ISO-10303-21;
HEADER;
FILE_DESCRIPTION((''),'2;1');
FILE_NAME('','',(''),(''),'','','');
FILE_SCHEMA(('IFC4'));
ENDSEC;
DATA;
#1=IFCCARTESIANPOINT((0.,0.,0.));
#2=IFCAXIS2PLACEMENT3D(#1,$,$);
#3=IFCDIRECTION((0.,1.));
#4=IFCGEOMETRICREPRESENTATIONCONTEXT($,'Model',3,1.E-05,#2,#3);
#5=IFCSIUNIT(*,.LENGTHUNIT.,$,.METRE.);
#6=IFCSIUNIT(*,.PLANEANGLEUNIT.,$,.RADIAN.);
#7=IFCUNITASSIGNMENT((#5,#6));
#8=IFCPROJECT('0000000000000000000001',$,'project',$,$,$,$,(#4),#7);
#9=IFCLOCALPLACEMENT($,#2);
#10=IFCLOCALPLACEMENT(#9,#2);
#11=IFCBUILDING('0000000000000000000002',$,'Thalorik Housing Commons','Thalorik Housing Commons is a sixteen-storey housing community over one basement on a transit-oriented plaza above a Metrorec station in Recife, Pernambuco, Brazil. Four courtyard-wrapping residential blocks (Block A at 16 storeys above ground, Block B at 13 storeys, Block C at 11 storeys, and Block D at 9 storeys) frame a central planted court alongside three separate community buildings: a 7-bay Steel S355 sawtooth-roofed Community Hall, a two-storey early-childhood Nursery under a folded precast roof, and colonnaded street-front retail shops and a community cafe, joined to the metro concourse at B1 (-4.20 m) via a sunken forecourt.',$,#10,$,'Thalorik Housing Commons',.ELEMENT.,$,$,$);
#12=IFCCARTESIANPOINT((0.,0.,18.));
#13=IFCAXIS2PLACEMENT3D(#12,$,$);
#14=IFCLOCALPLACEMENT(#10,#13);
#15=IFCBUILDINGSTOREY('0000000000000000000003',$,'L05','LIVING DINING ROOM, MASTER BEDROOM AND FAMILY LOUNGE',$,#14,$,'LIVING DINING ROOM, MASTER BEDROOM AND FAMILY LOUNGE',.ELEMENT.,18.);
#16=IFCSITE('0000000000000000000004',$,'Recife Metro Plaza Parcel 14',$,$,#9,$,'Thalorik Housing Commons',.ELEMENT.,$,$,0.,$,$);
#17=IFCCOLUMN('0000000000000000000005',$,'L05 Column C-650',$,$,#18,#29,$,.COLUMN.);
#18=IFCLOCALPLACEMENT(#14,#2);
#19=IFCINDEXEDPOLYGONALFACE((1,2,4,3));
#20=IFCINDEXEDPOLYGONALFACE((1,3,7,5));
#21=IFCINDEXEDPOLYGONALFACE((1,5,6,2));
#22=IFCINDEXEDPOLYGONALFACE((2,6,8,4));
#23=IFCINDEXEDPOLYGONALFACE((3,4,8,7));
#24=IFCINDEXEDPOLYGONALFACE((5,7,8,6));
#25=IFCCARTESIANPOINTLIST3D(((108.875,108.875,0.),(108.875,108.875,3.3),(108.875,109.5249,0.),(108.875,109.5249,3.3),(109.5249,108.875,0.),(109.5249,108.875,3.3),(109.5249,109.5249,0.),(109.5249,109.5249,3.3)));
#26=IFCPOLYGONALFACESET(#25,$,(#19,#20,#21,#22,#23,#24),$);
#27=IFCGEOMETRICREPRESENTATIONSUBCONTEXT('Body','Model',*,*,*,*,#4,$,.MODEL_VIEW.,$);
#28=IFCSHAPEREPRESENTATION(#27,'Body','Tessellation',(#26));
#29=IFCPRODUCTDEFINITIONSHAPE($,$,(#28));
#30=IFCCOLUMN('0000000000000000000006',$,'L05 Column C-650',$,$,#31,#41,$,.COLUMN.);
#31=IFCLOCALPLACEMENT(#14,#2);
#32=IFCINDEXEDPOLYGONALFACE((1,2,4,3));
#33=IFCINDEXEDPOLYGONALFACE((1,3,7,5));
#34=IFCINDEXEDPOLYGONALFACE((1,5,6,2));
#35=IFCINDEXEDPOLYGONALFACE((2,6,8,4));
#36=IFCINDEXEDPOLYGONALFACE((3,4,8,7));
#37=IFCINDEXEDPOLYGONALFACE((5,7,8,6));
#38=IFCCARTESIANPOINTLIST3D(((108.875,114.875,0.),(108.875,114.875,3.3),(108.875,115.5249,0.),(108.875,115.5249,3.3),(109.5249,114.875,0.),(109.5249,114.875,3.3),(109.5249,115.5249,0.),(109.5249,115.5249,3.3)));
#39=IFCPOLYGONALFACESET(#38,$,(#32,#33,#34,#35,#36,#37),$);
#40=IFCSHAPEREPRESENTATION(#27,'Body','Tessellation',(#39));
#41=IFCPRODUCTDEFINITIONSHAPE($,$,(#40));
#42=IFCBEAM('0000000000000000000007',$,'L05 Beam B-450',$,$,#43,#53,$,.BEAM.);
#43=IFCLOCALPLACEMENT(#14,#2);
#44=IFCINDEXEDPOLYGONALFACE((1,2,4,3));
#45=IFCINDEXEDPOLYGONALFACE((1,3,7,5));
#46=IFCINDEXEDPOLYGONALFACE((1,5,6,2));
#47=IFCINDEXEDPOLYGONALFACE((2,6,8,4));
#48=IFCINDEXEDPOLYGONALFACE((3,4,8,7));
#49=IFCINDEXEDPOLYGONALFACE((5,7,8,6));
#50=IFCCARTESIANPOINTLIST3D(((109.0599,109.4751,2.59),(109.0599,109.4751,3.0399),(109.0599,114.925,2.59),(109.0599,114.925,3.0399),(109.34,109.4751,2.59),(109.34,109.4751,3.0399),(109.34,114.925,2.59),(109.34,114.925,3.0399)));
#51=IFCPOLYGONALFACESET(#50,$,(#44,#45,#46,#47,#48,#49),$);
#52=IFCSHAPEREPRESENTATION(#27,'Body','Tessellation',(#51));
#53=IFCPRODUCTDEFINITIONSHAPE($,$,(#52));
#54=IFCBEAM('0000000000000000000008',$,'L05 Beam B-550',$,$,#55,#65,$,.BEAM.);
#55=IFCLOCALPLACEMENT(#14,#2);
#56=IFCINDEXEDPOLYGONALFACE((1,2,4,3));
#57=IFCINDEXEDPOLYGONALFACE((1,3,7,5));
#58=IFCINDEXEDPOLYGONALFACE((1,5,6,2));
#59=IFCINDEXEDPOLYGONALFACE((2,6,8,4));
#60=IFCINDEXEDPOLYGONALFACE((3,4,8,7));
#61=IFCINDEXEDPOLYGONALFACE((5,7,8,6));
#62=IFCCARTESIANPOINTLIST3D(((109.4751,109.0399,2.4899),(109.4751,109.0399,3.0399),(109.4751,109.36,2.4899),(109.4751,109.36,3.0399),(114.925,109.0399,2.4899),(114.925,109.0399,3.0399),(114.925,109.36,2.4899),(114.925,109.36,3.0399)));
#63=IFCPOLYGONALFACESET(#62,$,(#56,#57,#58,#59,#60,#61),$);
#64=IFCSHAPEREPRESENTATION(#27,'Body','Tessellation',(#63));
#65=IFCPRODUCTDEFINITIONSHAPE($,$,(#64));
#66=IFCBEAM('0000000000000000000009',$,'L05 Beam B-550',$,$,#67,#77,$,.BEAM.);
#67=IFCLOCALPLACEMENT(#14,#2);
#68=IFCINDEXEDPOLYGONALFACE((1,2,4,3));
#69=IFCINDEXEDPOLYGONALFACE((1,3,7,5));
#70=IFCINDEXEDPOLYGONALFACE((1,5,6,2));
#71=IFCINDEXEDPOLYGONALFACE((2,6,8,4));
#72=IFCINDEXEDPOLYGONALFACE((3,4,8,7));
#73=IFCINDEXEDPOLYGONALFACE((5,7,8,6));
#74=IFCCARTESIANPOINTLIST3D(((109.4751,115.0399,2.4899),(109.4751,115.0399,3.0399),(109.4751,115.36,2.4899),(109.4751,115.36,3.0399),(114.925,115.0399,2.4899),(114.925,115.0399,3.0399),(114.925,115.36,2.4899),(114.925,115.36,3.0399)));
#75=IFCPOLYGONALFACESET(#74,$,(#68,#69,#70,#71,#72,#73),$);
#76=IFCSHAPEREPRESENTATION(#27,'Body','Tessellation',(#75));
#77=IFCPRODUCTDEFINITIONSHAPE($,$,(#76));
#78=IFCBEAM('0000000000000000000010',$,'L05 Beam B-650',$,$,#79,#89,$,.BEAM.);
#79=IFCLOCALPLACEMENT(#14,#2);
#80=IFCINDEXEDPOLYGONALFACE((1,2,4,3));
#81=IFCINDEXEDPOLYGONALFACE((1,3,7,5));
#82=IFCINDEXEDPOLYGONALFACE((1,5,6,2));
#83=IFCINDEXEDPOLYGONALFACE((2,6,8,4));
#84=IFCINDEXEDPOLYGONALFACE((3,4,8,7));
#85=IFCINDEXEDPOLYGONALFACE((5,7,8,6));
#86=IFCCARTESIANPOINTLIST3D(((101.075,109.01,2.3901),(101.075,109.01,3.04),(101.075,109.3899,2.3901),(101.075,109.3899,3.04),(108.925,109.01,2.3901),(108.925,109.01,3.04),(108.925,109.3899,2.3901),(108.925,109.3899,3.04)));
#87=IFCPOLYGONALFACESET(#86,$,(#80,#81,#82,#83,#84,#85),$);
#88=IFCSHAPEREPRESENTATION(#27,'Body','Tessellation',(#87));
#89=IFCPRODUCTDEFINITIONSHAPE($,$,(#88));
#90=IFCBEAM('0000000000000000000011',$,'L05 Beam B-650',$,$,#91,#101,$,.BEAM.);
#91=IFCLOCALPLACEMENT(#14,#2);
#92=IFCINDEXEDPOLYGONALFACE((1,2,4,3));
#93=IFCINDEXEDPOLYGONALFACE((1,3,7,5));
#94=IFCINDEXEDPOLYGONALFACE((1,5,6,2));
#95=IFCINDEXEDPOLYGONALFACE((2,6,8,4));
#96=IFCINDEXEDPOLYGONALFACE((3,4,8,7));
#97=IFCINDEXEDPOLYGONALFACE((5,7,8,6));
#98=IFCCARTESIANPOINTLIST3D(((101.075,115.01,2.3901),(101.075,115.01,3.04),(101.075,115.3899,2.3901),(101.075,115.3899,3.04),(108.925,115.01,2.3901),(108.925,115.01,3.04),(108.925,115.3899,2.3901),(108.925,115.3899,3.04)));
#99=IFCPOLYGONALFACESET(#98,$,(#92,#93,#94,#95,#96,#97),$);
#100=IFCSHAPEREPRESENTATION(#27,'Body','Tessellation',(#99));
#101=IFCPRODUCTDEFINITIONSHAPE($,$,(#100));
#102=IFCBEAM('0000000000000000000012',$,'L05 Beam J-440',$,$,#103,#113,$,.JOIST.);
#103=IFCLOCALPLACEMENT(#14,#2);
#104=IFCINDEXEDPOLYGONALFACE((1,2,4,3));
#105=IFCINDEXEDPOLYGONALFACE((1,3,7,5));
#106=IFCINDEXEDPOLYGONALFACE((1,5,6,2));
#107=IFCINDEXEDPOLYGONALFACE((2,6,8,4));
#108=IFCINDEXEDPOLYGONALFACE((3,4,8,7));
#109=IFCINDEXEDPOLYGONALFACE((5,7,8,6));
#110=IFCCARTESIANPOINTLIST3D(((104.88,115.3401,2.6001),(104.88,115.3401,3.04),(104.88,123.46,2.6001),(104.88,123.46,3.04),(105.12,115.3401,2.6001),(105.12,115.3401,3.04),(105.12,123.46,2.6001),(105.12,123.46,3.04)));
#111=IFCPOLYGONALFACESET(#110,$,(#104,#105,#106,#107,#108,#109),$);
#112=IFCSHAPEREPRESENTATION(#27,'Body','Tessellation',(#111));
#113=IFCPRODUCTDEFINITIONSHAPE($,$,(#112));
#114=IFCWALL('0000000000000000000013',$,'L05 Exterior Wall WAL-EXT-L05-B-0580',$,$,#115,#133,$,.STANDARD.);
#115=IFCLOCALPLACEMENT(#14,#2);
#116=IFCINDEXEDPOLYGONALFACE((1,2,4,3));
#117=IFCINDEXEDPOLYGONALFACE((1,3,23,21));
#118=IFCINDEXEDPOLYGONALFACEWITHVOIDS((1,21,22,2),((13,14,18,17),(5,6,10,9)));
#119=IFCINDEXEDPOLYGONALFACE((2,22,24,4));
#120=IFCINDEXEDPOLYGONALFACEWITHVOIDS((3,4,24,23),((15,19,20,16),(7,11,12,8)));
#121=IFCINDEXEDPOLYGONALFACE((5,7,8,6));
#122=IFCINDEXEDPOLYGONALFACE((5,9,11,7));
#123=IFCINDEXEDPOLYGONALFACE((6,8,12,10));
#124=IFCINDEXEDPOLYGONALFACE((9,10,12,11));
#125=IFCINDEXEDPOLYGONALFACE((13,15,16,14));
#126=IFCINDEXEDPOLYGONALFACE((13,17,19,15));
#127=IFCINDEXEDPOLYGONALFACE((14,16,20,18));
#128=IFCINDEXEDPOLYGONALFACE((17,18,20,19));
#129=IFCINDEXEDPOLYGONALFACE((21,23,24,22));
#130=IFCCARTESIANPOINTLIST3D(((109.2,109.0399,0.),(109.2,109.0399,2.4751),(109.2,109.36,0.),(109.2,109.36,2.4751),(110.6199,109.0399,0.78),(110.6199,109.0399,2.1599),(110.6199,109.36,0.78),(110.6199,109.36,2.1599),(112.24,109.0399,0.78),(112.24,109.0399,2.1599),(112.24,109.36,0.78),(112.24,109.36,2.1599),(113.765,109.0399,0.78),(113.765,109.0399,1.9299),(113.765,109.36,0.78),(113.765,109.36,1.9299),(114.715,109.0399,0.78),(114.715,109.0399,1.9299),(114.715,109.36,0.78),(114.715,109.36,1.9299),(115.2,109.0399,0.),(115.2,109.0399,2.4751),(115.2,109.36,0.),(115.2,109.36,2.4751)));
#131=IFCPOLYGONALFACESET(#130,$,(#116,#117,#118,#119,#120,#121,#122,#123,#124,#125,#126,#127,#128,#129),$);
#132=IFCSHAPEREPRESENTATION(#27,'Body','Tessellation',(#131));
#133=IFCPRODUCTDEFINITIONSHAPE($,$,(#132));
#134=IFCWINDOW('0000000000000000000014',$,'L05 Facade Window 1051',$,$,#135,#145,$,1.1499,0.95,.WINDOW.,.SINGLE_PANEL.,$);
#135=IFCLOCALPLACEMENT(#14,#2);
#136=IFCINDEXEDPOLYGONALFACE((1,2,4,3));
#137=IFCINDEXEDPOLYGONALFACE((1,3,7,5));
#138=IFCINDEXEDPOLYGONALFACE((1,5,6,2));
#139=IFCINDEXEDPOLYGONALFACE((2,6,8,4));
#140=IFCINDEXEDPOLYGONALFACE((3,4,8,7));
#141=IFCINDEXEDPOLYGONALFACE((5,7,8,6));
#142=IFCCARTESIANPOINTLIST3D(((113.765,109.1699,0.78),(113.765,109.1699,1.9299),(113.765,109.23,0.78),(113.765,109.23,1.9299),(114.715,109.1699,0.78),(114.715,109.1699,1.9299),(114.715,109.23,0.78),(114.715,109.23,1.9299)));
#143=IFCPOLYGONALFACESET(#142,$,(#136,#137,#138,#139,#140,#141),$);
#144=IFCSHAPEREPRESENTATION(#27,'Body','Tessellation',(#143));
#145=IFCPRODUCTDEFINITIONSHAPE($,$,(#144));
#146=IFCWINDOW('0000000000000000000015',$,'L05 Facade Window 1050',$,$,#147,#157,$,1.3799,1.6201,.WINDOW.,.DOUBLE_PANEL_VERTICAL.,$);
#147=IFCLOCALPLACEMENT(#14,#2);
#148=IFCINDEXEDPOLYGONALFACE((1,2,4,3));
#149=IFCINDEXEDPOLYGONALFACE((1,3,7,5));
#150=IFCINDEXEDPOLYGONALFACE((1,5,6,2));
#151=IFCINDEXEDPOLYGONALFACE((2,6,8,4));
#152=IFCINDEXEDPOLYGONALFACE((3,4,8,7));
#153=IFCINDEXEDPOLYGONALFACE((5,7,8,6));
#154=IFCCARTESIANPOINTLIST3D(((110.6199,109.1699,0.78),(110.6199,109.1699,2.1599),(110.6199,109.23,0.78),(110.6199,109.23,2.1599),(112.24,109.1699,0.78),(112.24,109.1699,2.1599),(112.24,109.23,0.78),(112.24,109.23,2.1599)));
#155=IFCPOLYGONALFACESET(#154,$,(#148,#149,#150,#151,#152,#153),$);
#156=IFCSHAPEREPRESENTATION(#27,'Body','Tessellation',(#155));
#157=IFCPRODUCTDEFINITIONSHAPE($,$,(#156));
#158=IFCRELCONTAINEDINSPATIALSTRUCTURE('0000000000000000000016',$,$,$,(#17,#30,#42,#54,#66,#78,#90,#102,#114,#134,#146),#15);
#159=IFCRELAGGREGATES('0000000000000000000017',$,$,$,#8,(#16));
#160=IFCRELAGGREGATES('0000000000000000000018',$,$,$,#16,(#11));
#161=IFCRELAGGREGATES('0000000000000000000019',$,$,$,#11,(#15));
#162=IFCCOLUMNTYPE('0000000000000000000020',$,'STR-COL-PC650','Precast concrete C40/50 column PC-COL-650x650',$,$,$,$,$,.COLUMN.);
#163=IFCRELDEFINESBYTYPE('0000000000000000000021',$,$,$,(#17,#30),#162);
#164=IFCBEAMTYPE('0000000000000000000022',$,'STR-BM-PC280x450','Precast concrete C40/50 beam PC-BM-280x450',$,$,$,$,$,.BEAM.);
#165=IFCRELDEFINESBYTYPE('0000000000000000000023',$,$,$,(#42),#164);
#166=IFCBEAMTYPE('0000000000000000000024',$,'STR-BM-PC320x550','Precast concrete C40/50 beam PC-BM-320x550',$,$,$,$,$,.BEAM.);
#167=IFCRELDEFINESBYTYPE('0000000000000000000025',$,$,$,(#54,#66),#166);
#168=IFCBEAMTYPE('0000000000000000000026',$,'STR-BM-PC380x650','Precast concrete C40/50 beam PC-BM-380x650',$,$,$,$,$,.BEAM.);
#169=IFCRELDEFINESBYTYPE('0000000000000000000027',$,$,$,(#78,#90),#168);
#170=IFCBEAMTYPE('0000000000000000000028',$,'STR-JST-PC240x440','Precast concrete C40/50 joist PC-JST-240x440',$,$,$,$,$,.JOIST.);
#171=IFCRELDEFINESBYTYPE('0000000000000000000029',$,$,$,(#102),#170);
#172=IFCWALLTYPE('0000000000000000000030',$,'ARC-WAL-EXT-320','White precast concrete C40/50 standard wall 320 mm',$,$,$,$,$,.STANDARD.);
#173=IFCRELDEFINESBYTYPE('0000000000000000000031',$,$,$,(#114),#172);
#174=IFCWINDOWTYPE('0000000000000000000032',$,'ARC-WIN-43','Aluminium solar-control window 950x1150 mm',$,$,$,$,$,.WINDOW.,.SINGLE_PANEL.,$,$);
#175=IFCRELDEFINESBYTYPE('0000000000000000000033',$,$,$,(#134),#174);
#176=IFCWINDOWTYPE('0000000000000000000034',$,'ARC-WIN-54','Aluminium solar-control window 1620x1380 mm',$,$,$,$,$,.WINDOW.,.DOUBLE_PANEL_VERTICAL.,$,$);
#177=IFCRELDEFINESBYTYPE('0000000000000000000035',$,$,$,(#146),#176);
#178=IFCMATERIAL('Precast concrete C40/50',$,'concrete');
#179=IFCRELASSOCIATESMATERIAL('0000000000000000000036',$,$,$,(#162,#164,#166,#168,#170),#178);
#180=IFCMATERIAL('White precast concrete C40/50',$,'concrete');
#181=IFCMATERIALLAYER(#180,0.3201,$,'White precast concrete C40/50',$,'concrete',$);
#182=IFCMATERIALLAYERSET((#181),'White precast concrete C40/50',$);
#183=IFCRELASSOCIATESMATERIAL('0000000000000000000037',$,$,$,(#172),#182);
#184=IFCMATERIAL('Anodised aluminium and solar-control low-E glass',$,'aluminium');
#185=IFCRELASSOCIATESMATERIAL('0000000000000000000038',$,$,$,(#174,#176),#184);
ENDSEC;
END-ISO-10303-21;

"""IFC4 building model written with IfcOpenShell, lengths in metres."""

from ifc_helpers import new_model, si_unit, direction, frame, frame_2d, origin, origin_2d, place, context, subcontext, project, spatial, rectangle, extrude, material, layer, layer_set, material_profile, profile_set, type_object, element, fill, save


model = new_model("IFC4")

# Units and contexts
model_context = context("Model", 3, precision=1e-05, world=origin(), true_north=direction((0.0, 1.0)))
body_context = subcontext(model_context, "Body", "Model", "MODEL_VIEW")
ifc_project = project(units=[si_unit("LENGTHUNIT", "METRE"), si_unit("PLANEANGLEUNIT", "RADIAN")], contexts=[model_context])

# Site, building, storey
site_placement = place(None, origin())
site = spatial("IfcSite", under=ifc_project, at=site_placement, Name="Recife Metro Plaza Parcel 14", LongName="Thalorik Housing Commons", CompositionType="ELEMENT", RefElevation=0.0)
building_placement = place(site_placement, origin())
building = spatial("IfcBuilding", under=site, at=building_placement, Name="Thalorik Housing Commons", Description="Thalorik Housing Commons is a sixteen-storey housing community over one basement on a transit-oriented plaza above a Metrorec station in Recife, Pernambuco, Brazil. Four courtyard-wrapping residential blocks (Block A at 16 storeys above ground, Block B at 13 storeys, Block C at 11 storeys, and Block D at 9 storeys) frame a central planted court alongside three separate community buildings: a 7-bay Steel S355 sawtooth-roofed Community Hall, a two-storey early-childhood Nursery under a folded precast roof, and colonnaded street-front retail shops and a community cafe, joined to the metro concourse at B1 (-4.20 m) via a sunken forecourt.", LongName="Thalorik Housing Commons", CompositionType="ELEMENT")
storey_placement = place(building_placement, frame((0.0, 0.0, 18.0)))
storey = spatial("IfcBuildingStorey", under=building, at=storey_placement, Name="L05", Description="LIVING DINING ROOM, MASTER BEDROOM AND FAMILY LOUNGE", LongName="LIVING DINING ROOM, MASTER BEDROOM AND FAMILY LOUNGE", CompositionType="ELEMENT", Elevation=18.0)

# Columns
ifc_material_1 = material(Name="Precast concrete C40/50", Category="concrete")
ifc_material_profile_1 = material_profile(ifc_material_1, rectangle(XDim=0.6499, YDim=0.6499, at=origin_2d()), Name="PC 650x650", Category="concrete")
ifc_profile_set_1 = profile_set([ifc_material_profile_1], Name="Precast concrete C40/50")
column_type = type_object("IfcColumnType", Name="STR-COL-PC650", Description="Precast concrete C40/50 column PC-COL-650x650", PredefinedType="COLUMN", material=ifc_profile_set_1)
for number, where, z_axis, x_axis, name in (
    (1, (109.2, 109.2, 0.0), (0.0, 0.0, 1.0), (1.0, 0.0, 0.0), "L05 Column C-650"),
    (2, (109.2, 115.2, 0.0), (0.0, 0.0, 1.0), (1.0, 0.0, 0.0), "L05 Column C-650"),
):
    element("IfcColumn", number, at=place(storey_placement, frame(where, z_axis=z_axis, x_axis=x_axis)), inside=storey, type_object=column_type, Name=name, PredefinedType="COLUMN", context=body_context, shape_type="SweptSolid", body=[
        extrude(rectangle(XDim=0.6499, YDim=0.6499, at=origin_2d()), origin(), (0.0, 0.0, 1.0), 3.3),
    ])

# Beams
ifc_material_profile_2 = material_profile(ifc_material_1, rectangle(XDim=0.28, YDim=0.45, at=origin_2d()), Name="PC 280x450", Category="concrete")
ifc_profile_set_2 = profile_set([ifc_material_profile_2], Name="Precast concrete C40/50")
beam_type_1 = type_object("IfcBeamType", Name="STR-BM-PC280x450", Description="Precast concrete C40/50 beam PC-BM-280x450", PredefinedType="BEAM", material=ifc_profile_set_2)
beam_1_placement = place(storey_placement, frame((109.2, 109.4751, 2.8149), z_axis=(0.0, 1.0, 0.0), x_axis=(-1.0, 0.0, 0.0)))
element("IfcBeam", 3, at=beam_1_placement, inside=storey, type_object=beam_type_1, Name="L05 Beam B-450", PredefinedType="BEAM", context=body_context, shape_type="SweptSolid", body=[
    extrude(rectangle(XDim=0.28, YDim=0.45, at=origin_2d()), origin(), (0.0, 0.0, 1.0), 5.45),
])
ifc_material_profile_3 = material_profile(ifc_material_1, rectangle(XDim=0.3201, YDim=0.55, at=origin_2d()), Name="PC 320x550", Category="concrete")
ifc_profile_set_3 = profile_set([ifc_material_profile_3], Name="Precast concrete C40/50")
beam_type_2 = type_object("IfcBeamType", Name="STR-BM-PC320x550", Description="Precast concrete C40/50 beam PC-BM-320x550", PredefinedType="BEAM", material=ifc_profile_set_3)
for number, where, z_axis, x_axis, name in (
    (4, (109.4751, 109.2, 2.7649), (1.0, 0.0, 0.0), (0.0, 1.0, 0.0), "L05 Beam B-550"),
    (5, (109.4751, 115.2, 2.7649), (1.0, 0.0, 0.0), (0.0, 1.0, 0.0), "L05 Beam B-550"),
):
    element("IfcBeam", number, at=place(storey_placement, frame(where, z_axis=z_axis, x_axis=x_axis)), inside=storey, type_object=beam_type_2, Name=name, PredefinedType="BEAM", context=body_context, shape_type="SweptSolid", body=[
        extrude(rectangle(XDim=0.3201, YDim=0.55, at=origin_2d()), origin(), (0.0, 0.0, 1.0), 5.45),
    ])
ifc_material_profile_4 = material_profile(ifc_material_1, rectangle(XDim=0.3799, YDim=0.6499, at=origin_2d()), Name="PC 380x650", Category="concrete")
ifc_profile_set_4 = profile_set([ifc_material_profile_4], Name="Precast concrete C40/50")
beam_type_3 = type_object("IfcBeamType", Name="STR-BM-PC380x650", Description="Precast concrete C40/50 beam PC-BM-380x650", PredefinedType="BEAM", material=ifc_profile_set_4)
for number, where, z_axis, x_axis, name in (
    (6, (101.075, 109.2, 2.7151), (1.0, 0.0, 0.0), (0.0, 1.0, 0.0), "L05 Beam B-650"),
    (7, (101.075, 115.2, 2.7151), (1.0, 0.0, 0.0), (0.0, 1.0, 0.0), "L05 Beam B-650"),
):
    element("IfcBeam", number, at=place(storey_placement, frame(where, z_axis=z_axis, x_axis=x_axis)), inside=storey, type_object=beam_type_3, Name=name, PredefinedType="BEAM", context=body_context, shape_type="SweptSolid", body=[
        extrude(rectangle(XDim=0.3799, YDim=0.6499, at=origin_2d()), origin(), (0.0, 0.0, 1.0), 7.8501),
    ])
ifc_material_profile_5 = material_profile(ifc_material_1, rectangle(XDim=0.24, YDim=0.4399, at=origin_2d()), Name="PC JST 240x440", Category="concrete")
ifc_profile_set_5 = profile_set([ifc_material_profile_5], Name="Precast concrete C40/50")
beam_type_4 = type_object("IfcBeamType", Name="STR-JST-PC240x440", Description="Precast concrete C40/50 joist PC-JST-240x440", PredefinedType="JOIST", material=ifc_profile_set_5)
beam_2_placement = place(storey_placement, frame((105.0, 115.3401, 2.8201), z_axis=(0.0, 1.0, 0.0), x_axis=(-1.0, 0.0, 0.0)))
element("IfcBeam", 8, at=beam_2_placement, inside=storey, type_object=beam_type_4, Name="L05 Beam J-440", PredefinedType="JOIST", context=body_context, shape_type="SweptSolid", body=[
    extrude(rectangle(XDim=0.24, YDim=0.4399, at=origin_2d()), origin(), (0.0, 0.0, 1.0), 8.1199),
])

# Wall, openings, windows
ifc_material_2 = material(Name="White precast concrete C40/50", Category="concrete")
ifc_layer_1 = layer(ifc_material_2, 0.3201, Name="White precast concrete C40/50", Category="concrete")
ifc_layer_set_1 = layer_set([ifc_layer_1], Name="White precast concrete C40/50")
wall_type_1 = type_object("IfcWallType", Name="ARC-WAL-EXT-320", Description="White precast concrete C40/50 standard wall 320 mm", PredefinedType="STANDARD", material=ifc_layer_set_1)
wall_1_placement = place(storey_placement, frame((109.2, 109.2, 0.0), z_axis=(0.0, 0.0, 1.0), x_axis=(1.0, 0.0, 0.0)))
wall_1 = element("IfcWall", 9, at=wall_1_placement, inside=storey, type_object=wall_type_1, Name="L05 Exterior Wall WAL-EXT-L05-B-0580", PredefinedType="STANDARD", context=body_context, shape_type="SweptSolid", body=[
    extrude(rectangle(XDim=6.0, YDim=0.3201, at=frame_2d((3.0, 0.0))), origin(), (0.0, 0.0, 1.0), 2.4751),
])
opening_1_placement = place(wall_1_placement, frame((1.4199, 0.0, 0.78)))
opening_1 = element("IfcOpeningElement", 10, at=opening_1_placement, cuts=wall_1, PredefinedType="OPENING", context=body_context, shape_type="SweptSolid", body=[
    extrude(rectangle(XDim=1.6201, YDim=1.3799, at=frame_2d((0.8101, 0.6899))), frame((0.0, 0.1699, 0.0), z_axis=(0.0, -1.0, 0.0), x_axis=(1.0, 0.0, 0.0)), (0.0, 0.0, 1.0), 0.3401),
])
opening_2_placement = place(wall_1_placement, frame((4.5649, 0.0, 0.78)))
opening_2 = element("IfcOpeningElement", 11, at=opening_2_placement, cuts=wall_1, PredefinedType="OPENING", context=body_context, shape_type="SweptSolid", body=[
    extrude(rectangle(XDim=0.95, YDim=1.1499, at=frame_2d((0.4751, 0.575))), frame((0.0, 0.1699, 0.0), z_axis=(0.0, -1.0, 0.0), x_axis=(1.0, 0.0, 0.0)), (0.0, 0.0, 1.0), 0.3401),
])
ifc_material_3 = material(Name="Anodised aluminium and solar-control low-E glass", Category="aluminium")
window_type_1 = type_object("IfcWindowType", Name="ARC-WIN-43", Description="Aluminium solar-control window 950x1150 mm", PartitioningType="SINGLE_PANEL", PredefinedType="WINDOW", material=ifc_material_3)
window_1_placement = place(opening_2_placement, origin())
window_1 = element("IfcWindow", 12, at=window_1_placement, inside=storey, type_object=window_type_1, Name="L05 Facade Window 1051", OverallHeight=1.1499, OverallWidth=0.95, PartitioningType="SINGLE_PANEL", PredefinedType="WINDOW", context=body_context, shape_type="SweptSolid", body=[
    extrude(rectangle(XDim=0.95, YDim=1.1499, at=frame_2d((0.4751, 0.575))), frame((0.0, 0.03, 0.0), z_axis=(0.0, -1.0, 0.0), x_axis=(1.0, 0.0, 0.0)), (0.0, 0.0, 1.0), 0.0601),
])
fill(opening_2, window_1)
window_type_2 = type_object("IfcWindowType", Name="ARC-WIN-54", Description="Aluminium solar-control window 1620x1380 mm", PartitioningType="DOUBLE_PANEL_VERTICAL", PredefinedType="WINDOW", material=ifc_material_3)
window_2_placement = place(opening_1_placement, origin())
window_2 = element("IfcWindow", 13, at=window_2_placement, inside=storey, type_object=window_type_2, Name="L05 Facade Window 1050", OverallHeight=1.3799, OverallWidth=1.6201, PartitioningType="DOUBLE_PANEL_VERTICAL", PredefinedType="WINDOW", context=body_context, shape_type="SweptSolid", body=[
    extrude(rectangle(XDim=1.6201, YDim=1.3799, at=frame_2d((0.8101, 0.6899))), frame((0.0, 0.03, 0.0), z_axis=(0.0, -1.0, 0.0), x_axis=(1.0, 0.0, 0.0)), (0.0, 0.0, 1.0), 0.0601),
])
fill(opening_1, window_2)

save(model, "model.ifc")
